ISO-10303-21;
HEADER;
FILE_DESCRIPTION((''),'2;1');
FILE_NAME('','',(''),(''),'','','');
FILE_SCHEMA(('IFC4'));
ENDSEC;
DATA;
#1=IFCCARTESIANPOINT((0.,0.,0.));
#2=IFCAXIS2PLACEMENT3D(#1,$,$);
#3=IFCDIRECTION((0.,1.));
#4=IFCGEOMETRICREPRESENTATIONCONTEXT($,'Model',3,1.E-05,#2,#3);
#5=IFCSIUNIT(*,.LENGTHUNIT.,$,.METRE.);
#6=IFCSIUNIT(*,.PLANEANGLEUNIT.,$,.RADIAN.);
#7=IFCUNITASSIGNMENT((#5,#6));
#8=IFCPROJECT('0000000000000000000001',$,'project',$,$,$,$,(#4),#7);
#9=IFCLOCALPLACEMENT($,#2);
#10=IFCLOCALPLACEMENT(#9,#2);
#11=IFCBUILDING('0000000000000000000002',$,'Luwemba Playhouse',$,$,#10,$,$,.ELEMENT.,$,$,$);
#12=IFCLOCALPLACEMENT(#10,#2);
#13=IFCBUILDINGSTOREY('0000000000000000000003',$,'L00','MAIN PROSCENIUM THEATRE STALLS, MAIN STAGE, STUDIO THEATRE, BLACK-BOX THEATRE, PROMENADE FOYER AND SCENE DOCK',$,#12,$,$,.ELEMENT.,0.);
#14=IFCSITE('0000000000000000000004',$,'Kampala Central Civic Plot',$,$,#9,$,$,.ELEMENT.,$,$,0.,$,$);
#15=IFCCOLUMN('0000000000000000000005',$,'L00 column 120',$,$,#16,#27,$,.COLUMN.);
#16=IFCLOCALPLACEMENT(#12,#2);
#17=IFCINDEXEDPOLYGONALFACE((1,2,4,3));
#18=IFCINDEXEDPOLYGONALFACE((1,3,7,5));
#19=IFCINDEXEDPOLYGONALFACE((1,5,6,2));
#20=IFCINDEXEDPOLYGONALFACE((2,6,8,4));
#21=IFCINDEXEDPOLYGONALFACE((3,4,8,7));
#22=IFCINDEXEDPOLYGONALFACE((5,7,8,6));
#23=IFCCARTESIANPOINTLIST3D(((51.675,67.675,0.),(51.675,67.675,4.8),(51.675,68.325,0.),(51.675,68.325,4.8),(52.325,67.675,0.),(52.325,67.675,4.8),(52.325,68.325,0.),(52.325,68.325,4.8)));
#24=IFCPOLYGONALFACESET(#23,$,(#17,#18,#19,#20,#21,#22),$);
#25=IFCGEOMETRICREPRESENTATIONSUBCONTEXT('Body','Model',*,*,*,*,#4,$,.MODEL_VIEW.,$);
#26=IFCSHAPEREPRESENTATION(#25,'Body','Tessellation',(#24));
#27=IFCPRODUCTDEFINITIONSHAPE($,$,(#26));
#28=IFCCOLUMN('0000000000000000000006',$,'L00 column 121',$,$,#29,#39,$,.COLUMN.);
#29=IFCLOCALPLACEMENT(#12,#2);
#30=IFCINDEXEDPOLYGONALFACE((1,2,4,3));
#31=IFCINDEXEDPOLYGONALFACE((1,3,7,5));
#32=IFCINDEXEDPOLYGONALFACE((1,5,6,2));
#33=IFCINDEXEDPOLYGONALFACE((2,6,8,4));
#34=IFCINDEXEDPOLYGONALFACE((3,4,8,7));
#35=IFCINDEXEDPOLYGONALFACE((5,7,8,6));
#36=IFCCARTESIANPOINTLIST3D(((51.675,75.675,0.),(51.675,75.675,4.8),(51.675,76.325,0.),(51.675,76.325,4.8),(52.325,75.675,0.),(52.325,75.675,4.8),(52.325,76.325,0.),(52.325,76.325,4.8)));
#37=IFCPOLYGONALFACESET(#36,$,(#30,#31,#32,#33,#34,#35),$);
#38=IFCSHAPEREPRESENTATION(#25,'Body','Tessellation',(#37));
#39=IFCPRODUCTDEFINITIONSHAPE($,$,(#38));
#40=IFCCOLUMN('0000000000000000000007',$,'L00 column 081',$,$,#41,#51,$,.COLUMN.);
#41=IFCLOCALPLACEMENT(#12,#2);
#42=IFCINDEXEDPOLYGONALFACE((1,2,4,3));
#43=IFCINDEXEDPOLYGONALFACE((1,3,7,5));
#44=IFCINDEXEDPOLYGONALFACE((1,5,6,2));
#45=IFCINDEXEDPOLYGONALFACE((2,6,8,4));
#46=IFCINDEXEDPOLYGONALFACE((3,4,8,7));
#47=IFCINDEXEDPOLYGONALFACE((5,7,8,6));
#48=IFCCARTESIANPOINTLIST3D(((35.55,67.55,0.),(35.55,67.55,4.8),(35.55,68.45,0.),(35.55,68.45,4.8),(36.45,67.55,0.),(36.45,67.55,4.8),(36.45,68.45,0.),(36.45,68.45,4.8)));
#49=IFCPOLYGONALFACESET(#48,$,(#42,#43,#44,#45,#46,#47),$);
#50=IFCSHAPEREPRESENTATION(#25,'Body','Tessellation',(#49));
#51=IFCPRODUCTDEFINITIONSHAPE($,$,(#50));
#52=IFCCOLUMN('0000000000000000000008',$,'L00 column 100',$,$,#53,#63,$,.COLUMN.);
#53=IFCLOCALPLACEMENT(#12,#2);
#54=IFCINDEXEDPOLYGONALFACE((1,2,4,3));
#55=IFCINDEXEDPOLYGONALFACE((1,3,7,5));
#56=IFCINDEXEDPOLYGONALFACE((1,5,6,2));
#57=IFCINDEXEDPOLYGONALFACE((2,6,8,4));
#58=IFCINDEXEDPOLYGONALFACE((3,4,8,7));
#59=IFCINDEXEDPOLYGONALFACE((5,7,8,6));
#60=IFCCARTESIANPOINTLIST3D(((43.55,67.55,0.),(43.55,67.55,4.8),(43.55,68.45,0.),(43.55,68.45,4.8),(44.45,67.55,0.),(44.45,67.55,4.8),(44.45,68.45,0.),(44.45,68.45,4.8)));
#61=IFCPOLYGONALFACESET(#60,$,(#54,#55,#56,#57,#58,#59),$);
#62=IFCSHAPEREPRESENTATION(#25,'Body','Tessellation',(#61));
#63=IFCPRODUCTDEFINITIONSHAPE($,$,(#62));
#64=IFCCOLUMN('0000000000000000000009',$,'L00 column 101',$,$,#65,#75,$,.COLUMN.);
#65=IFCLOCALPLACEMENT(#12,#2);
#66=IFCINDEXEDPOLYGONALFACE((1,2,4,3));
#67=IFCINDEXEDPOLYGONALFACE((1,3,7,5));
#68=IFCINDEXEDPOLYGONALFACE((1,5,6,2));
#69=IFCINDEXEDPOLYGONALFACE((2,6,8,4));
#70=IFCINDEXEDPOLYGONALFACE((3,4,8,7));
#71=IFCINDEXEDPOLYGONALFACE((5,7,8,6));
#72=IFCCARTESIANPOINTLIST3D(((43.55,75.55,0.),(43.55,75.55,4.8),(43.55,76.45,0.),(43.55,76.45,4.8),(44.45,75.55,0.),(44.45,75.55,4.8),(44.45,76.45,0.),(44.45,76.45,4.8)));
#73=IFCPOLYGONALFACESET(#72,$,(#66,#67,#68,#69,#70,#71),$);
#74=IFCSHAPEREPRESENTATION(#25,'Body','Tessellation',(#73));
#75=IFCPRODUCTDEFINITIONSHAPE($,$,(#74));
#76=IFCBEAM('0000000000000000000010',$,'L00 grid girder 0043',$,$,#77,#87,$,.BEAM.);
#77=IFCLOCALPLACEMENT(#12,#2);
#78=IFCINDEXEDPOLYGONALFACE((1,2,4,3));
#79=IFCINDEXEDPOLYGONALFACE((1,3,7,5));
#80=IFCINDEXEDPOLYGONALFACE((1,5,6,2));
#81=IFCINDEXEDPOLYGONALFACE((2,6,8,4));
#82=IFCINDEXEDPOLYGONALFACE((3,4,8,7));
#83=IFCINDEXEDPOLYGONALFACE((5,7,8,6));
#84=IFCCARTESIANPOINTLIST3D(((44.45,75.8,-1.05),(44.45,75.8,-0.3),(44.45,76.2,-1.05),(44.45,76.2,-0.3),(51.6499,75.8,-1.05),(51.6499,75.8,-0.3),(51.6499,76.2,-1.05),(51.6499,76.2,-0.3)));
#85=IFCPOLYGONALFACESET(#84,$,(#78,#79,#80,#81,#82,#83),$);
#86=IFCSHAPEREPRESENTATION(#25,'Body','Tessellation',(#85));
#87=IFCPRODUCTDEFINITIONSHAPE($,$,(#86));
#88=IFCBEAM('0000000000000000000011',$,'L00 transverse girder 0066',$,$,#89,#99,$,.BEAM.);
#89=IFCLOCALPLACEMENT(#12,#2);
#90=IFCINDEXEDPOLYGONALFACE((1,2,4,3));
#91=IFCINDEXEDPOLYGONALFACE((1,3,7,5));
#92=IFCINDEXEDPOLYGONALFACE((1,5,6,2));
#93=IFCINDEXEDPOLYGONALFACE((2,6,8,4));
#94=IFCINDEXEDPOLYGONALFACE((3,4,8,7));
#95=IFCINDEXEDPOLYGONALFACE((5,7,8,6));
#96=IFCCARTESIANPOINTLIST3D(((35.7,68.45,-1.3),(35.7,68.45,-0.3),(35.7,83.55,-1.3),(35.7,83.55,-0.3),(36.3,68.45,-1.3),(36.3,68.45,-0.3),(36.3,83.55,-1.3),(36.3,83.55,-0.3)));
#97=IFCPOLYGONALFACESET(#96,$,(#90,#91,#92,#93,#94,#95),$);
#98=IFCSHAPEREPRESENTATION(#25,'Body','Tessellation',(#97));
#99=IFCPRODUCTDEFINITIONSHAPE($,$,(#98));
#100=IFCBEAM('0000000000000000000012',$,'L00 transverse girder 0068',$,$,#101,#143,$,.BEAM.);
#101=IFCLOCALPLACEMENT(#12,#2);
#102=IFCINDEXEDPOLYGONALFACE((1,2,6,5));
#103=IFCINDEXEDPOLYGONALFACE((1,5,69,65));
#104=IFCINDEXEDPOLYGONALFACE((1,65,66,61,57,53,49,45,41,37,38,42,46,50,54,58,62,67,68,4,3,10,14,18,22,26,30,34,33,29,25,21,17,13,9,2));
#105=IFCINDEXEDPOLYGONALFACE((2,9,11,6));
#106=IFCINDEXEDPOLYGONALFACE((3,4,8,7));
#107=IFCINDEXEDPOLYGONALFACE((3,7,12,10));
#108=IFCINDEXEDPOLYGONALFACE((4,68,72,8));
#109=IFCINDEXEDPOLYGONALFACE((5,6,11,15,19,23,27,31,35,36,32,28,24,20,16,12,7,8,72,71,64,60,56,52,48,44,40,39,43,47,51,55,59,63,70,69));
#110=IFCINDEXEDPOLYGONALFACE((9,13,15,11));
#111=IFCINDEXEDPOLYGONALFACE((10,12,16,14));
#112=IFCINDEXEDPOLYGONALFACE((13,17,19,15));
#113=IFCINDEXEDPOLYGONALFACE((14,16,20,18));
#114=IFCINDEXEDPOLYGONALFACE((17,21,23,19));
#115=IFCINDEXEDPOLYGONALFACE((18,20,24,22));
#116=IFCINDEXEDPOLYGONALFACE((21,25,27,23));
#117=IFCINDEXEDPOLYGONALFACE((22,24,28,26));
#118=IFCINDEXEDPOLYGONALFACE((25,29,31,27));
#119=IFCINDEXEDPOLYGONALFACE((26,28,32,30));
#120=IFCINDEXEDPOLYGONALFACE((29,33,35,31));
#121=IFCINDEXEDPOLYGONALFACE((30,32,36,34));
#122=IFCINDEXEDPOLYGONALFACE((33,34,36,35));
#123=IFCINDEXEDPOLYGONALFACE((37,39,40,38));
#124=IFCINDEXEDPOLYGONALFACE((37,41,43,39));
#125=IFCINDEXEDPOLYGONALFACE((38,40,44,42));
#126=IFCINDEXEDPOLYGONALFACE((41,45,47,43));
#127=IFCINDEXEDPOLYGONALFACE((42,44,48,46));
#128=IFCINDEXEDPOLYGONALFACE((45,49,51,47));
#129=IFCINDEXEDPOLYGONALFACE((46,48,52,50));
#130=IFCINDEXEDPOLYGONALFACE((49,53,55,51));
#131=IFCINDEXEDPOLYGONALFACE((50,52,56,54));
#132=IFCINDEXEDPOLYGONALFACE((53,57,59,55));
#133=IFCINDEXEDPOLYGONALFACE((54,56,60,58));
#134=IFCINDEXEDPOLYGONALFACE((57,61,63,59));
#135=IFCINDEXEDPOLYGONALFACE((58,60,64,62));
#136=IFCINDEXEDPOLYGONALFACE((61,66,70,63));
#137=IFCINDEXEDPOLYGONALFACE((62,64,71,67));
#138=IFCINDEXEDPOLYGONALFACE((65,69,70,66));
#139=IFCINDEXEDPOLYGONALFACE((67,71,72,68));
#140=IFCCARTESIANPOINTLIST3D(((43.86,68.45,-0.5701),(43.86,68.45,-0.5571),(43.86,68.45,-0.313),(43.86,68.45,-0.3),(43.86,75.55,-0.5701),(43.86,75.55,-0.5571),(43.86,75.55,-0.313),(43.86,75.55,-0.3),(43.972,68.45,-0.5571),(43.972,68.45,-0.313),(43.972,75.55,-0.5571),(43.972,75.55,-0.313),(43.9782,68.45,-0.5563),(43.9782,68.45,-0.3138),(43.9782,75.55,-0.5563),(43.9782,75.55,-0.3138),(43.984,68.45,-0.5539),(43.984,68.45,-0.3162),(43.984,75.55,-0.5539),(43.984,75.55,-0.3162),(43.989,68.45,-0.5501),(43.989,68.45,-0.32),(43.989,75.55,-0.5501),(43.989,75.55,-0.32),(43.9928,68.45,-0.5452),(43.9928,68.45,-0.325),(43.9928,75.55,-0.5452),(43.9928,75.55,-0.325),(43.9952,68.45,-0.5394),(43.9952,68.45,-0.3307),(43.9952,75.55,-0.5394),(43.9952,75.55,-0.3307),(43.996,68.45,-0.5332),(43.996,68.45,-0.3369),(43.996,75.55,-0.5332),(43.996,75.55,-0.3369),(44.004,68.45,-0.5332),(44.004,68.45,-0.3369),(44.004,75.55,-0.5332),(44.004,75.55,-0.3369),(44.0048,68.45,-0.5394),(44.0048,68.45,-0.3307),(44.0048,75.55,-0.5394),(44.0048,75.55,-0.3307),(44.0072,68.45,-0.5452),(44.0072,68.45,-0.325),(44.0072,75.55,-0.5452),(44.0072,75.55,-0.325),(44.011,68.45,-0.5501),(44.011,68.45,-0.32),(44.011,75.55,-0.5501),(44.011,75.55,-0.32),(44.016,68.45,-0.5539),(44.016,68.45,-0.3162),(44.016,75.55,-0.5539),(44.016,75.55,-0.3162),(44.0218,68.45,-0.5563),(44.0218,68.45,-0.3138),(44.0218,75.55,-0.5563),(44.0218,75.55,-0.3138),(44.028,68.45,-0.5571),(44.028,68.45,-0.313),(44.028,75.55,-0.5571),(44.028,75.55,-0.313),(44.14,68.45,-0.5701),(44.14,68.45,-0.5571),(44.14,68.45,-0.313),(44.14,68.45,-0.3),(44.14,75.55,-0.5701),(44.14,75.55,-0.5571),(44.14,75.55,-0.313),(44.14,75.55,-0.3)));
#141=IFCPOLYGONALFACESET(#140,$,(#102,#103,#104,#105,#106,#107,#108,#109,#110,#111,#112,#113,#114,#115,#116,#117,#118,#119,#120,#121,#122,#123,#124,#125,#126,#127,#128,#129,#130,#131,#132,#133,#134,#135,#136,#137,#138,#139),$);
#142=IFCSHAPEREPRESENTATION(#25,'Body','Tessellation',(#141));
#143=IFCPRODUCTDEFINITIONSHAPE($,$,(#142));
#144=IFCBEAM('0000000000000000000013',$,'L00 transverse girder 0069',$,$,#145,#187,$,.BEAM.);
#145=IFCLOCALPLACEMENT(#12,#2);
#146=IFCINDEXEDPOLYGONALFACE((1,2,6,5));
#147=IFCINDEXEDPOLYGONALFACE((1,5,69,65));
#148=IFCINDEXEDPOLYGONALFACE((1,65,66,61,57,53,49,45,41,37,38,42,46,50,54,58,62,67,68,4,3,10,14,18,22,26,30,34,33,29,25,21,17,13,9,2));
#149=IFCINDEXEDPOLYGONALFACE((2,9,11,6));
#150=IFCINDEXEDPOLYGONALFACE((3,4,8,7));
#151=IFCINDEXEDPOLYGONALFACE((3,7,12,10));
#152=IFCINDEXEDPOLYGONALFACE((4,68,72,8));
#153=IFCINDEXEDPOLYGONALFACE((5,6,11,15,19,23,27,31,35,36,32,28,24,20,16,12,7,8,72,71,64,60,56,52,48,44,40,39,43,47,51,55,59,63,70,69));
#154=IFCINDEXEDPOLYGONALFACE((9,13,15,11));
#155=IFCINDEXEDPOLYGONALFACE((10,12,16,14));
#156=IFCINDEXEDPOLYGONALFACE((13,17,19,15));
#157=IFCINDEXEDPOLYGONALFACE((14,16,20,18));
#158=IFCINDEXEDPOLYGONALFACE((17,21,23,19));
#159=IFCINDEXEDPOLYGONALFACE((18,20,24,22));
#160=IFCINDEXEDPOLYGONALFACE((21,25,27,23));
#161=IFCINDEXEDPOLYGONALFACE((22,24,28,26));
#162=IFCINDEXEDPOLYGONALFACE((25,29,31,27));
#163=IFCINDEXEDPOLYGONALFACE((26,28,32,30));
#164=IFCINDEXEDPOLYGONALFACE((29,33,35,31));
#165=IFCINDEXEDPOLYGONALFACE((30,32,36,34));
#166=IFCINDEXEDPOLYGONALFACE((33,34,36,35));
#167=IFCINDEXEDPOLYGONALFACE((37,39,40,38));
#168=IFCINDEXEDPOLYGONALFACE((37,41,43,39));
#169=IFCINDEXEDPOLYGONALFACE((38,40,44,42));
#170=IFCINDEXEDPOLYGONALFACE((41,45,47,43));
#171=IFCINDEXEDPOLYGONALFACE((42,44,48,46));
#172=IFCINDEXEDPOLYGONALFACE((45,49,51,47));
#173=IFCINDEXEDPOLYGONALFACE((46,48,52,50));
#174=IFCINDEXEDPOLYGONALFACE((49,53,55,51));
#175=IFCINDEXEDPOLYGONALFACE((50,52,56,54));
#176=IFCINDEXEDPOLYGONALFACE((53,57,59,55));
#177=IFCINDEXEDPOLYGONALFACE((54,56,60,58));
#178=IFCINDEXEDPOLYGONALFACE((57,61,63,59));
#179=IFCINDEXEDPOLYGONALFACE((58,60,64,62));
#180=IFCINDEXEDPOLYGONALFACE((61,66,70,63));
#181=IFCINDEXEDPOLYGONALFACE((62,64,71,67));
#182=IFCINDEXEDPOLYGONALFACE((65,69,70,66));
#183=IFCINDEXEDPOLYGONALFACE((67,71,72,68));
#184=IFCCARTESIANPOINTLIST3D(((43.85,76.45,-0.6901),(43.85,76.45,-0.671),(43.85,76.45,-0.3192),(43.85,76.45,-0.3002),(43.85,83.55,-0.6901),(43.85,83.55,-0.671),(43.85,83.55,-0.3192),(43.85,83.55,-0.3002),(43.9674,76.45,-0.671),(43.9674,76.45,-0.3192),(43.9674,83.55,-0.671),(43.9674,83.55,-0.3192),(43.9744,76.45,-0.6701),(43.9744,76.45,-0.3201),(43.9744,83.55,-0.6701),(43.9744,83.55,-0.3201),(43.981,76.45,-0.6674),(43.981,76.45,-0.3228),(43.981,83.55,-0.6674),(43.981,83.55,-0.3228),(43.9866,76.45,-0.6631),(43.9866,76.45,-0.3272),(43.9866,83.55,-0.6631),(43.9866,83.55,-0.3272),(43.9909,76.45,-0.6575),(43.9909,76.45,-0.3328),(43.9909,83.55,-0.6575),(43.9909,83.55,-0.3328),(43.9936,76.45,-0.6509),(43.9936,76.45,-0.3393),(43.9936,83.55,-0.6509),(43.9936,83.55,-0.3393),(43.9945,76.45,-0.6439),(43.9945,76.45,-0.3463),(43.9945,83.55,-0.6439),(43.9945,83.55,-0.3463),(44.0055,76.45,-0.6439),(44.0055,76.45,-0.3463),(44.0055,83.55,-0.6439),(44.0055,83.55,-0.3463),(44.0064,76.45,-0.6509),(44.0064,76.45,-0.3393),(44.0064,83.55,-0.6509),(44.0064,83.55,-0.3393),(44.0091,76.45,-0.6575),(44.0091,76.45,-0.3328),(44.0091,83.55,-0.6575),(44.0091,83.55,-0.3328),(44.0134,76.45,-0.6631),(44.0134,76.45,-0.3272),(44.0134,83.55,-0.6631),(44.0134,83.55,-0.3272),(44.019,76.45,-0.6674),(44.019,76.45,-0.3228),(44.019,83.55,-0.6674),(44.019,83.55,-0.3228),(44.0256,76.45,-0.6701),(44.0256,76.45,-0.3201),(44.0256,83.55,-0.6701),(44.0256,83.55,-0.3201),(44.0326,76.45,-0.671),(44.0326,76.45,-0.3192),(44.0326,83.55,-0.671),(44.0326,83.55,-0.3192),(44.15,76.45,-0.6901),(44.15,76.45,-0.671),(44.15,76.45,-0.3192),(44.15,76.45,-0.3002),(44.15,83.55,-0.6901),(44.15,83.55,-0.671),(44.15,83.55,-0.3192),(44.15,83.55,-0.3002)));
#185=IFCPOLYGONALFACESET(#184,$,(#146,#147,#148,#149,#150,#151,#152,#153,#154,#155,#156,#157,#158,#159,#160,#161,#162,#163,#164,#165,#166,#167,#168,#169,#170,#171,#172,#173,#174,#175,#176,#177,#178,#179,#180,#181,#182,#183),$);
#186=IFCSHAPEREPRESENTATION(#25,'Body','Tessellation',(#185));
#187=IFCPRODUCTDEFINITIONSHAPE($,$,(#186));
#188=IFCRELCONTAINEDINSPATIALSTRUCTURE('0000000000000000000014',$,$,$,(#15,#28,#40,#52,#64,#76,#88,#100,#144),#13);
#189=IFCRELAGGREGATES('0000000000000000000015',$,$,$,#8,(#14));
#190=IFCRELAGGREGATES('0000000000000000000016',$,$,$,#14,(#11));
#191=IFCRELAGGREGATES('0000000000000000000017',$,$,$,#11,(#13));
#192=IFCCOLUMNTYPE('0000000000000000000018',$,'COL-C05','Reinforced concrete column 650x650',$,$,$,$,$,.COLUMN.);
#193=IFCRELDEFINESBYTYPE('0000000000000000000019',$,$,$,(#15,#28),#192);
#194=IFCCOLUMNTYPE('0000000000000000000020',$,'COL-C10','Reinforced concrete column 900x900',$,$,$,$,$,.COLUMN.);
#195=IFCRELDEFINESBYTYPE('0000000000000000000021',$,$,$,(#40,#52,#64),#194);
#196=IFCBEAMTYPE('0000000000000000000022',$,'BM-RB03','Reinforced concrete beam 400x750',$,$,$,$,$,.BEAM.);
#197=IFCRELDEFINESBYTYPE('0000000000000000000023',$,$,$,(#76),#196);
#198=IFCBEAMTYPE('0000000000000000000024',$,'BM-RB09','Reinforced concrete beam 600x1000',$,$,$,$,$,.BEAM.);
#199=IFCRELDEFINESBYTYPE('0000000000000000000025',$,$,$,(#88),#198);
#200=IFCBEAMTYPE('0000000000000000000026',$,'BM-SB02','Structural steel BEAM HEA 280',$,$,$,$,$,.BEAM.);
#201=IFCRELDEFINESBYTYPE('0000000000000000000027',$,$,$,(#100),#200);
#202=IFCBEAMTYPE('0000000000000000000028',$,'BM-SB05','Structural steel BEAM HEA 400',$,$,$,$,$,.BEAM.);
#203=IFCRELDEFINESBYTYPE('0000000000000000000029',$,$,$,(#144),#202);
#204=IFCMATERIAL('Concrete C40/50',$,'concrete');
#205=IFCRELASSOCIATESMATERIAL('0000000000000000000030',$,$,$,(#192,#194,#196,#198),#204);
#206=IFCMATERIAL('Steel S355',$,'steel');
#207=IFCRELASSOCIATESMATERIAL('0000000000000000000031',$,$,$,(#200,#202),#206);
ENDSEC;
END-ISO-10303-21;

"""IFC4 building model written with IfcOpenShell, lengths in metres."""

from ifc_helpers import new_model, si_unit, direction, frame, origin, origin_2d, place, context, subcontext, project, spatial, rectangle, i_section, extrude, material, material_profile, profile_set, type_object, element, save


model = new_model("IFC4")

# Units and contexts
model_context = context("Model", 3, precision=1e-05, world=origin(), true_north=direction((0.0, 1.0)))
body_context = subcontext(model_context, "Body", "Model", "MODEL_VIEW")
ifc_project = project(units=[si_unit("LENGTHUNIT", "METRE"), si_unit("PLANEANGLEUNIT", "RADIAN")], contexts=[model_context])

# Site, building, storey
site_placement = place(None, origin())
site = spatial("IfcSite", under=ifc_project, at=site_placement, Name="Kampala Central Civic Plot", CompositionType="ELEMENT", RefElevation=0.0)
building_placement = place(site_placement, origin())
building = spatial("IfcBuilding", under=site, at=building_placement, Name="Luwemba Playhouse", CompositionType="ELEMENT")
storey_placement = place(building_placement, origin())
storey = spatial("IfcBuildingStorey", under=building, at=storey_placement, Name="L00", Description="MAIN PROSCENIUM THEATRE STALLS, MAIN STAGE, STUDIO THEATRE, BLACK-BOX THEATRE, PROMENADE FOYER AND SCENE DOCK", CompositionType="ELEMENT", Elevation=0.0)

# Columns
ifc_material_1 = material(Name="Concrete C40/50", Category="concrete")
ifc_material_profile_1 = material_profile(ifc_material_1, rectangle(XDim=0.6499, YDim=0.6499, at=origin_2d()))
ifc_profile_set_1 = profile_set([ifc_material_profile_1], Name="Concrete C40/50")
column_type_1 = type_object("IfcColumnType", Name="COL-C05", Description="Reinforced concrete column 650x650", PredefinedType="COLUMN", material=ifc_profile_set_1)
for number, where, z_axis, x_axis, name in (
    (1, (52.0, 68.0, 0.0), (0.0, 0.0, 1.0), (1.0, 0.0, 0.0), "L00 column 120"),
    (2, (52.0, 76.0, 0.0), (0.0, 0.0, 1.0), (1.0, 0.0, 0.0), "L00 column 121"),
):
    element("IfcColumn", number, at=place(storey_placement, frame(where, z_axis=z_axis, x_axis=x_axis)), inside=storey, type_object=column_type_1, Name=name, PredefinedType="COLUMN", context=body_context, shape_type="SweptSolid", body=[
        extrude(rectangle(XDim=0.6499, YDim=0.6499, at=origin_2d()), origin(), (0.0, 0.0, 1.0), 4.8),
    ])
ifc_material_profile_2 = material_profile(ifc_material_1, rectangle(XDim=0.8999, YDim=0.8999, at=origin_2d()))
ifc_profile_set_2 = profile_set([ifc_material_profile_2], Name="Concrete C40/50")
column_type_2 = type_object("IfcColumnType", Name="COL-C10", Description="Reinforced concrete column 900x900", PredefinedType="COLUMN", material=ifc_profile_set_2)
for number, where, z_axis, x_axis, name in (
    (3, (36.0, 68.0, 0.0), (0.0, 0.0, 1.0), (1.0, 0.0, 0.0), "L00 column 081"),
    (4, (44.0, 68.0, 0.0), (0.0, 0.0, 1.0), (1.0, 0.0, 0.0), "L00 column 100"),
    (5, (44.0, 76.0, 0.0), (0.0, 0.0, 1.0), (1.0, 0.0, 0.0), "L00 column 101"),
):
    element("IfcColumn", number, at=place(storey_placement, frame(where, z_axis=z_axis, x_axis=x_axis)), inside=storey, type_object=column_type_2, Name=name, PredefinedType="COLUMN", context=body_context, shape_type="SweptSolid", body=[
        extrude(rectangle(XDim=0.8999, YDim=0.8999, at=origin_2d()), origin(), (0.0, 0.0, 1.0), 4.8),
    ])

# Beams
ifc_material_profile_3 = material_profile(ifc_material_1, rectangle(XDim=0.3999, YDim=0.75, at=origin_2d()))
ifc_profile_set_3 = profile_set([ifc_material_profile_3], Name="Concrete C40/50")
beam_type_1 = type_object("IfcBeamType", Name="BM-RB03", Description="Reinforced concrete beam 400x750", PredefinedType="BEAM", material=ifc_profile_set_3)
beam_1_placement = place(storey_placement, frame((44.45, 76.0, -0.675), z_axis=(1.0, 0.0, 0.0), x_axis=(0.0, 1.0, 0.0)))
element("IfcBeam", 6, at=beam_1_placement, inside=storey, type_object=beam_type_1, Name="L00 grid girder 0043", PredefinedType="BEAM", context=body_context, shape_type="SweptSolid", body=[
    extrude(rectangle(XDim=0.3999, YDim=0.75, at=origin_2d()), origin(), (0.0, 0.0, 1.0), 7.2),
])
ifc_material_profile_4 = material_profile(ifc_material_1, rectangle(XDim=0.6001, YDim=1.0, at=origin_2d()))
ifc_profile_set_4 = profile_set([ifc_material_profile_4], Name="Concrete C40/50")
beam_type_2 = type_object("IfcBeamType", Name="BM-RB09", Description="Reinforced concrete beam 600x1000", PredefinedType="BEAM", material=ifc_profile_set_4)
beam_2_placement = place(storey_placement, frame((36.0, 68.45, -0.8), z_axis=(0.0, 1.0, 0.0), x_axis=(-1.0, 0.0, 0.0)))
element("IfcBeam", 7, at=beam_2_placement, inside=storey, type_object=beam_type_2, Name="L00 transverse girder 0066", PredefinedType="BEAM", context=body_context, shape_type="SweptSolid", body=[
    extrude(rectangle(XDim=0.6001, YDim=1.0, at=origin_2d()), origin(), (0.0, 0.0, 1.0), 15.1001),
])
ifc_material_2 = material(Name="Steel S355", Category="steel")
ifc_material_profile_5 = material_profile(ifc_material_2, i_section(OverallWidth=0.28, OverallDepth=0.27, WebThickness=0.0081, FlangeThickness=0.0129, FilletRadius=0.0239, at=origin_2d()))
ifc_profile_set_5 = profile_set([ifc_material_profile_5], Name="Steel S355")
beam_type_3 = type_object("IfcBeamType", Name="BM-SB02", Description="Structural steel BEAM HEA 280", PredefinedType="BEAM", material=ifc_profile_set_5)
beam_3_placement = place(storey_placement, frame((44.0, 68.45, -0.4351), z_axis=(0.0, 1.0, 0.0), x_axis=(-1.0, 0.0, 0.0)))
element("IfcBeam", 8, at=beam_3_placement, inside=storey, type_object=beam_type_3, Name="L00 transverse girder 0068", PredefinedType="BEAM", context=body_context, shape_type="SweptSolid", body=[
    extrude(i_section(OverallWidth=0.28, OverallDepth=0.27, WebThickness=0.0081, FlangeThickness=0.0129, FilletRadius=0.0239, at=origin_2d()), origin(), (0.0, 0.0, 1.0), 7.1001),
])
ifc_material_profile_6 = material_profile(ifc_material_2, i_section(OverallWidth=0.3, OverallDepth=0.3899, WebThickness=0.011, FlangeThickness=0.019, FilletRadius=0.0271, at=origin_2d()))
ifc_profile_set_6 = profile_set([ifc_material_profile_6], Name="Steel S355")
beam_type_4 = type_object("IfcBeamType", Name="BM-SB05", Description="Structural steel BEAM HEA 400", PredefinedType="BEAM", material=ifc_profile_set_6)
beam_4_placement = place(storey_placement, frame((44.0, 76.45, -0.4951), z_axis=(0.0, 1.0, 0.0), x_axis=(-1.0, 0.0, 0.0)))
element("IfcBeam", 9, at=beam_4_placement, inside=storey, type_object=beam_type_4, Name="L00 transverse girder 0069", PredefinedType="BEAM", context=body_context, shape_type="SweptSolid", body=[
    extrude(i_section(OverallWidth=0.3, OverallDepth=0.3899, WebThickness=0.011, FlangeThickness=0.019, FilletRadius=0.0271, at=origin_2d()), origin(), (0.0, 0.0, 1.0), 7.1001),
])

save(model, "model.ifc")
